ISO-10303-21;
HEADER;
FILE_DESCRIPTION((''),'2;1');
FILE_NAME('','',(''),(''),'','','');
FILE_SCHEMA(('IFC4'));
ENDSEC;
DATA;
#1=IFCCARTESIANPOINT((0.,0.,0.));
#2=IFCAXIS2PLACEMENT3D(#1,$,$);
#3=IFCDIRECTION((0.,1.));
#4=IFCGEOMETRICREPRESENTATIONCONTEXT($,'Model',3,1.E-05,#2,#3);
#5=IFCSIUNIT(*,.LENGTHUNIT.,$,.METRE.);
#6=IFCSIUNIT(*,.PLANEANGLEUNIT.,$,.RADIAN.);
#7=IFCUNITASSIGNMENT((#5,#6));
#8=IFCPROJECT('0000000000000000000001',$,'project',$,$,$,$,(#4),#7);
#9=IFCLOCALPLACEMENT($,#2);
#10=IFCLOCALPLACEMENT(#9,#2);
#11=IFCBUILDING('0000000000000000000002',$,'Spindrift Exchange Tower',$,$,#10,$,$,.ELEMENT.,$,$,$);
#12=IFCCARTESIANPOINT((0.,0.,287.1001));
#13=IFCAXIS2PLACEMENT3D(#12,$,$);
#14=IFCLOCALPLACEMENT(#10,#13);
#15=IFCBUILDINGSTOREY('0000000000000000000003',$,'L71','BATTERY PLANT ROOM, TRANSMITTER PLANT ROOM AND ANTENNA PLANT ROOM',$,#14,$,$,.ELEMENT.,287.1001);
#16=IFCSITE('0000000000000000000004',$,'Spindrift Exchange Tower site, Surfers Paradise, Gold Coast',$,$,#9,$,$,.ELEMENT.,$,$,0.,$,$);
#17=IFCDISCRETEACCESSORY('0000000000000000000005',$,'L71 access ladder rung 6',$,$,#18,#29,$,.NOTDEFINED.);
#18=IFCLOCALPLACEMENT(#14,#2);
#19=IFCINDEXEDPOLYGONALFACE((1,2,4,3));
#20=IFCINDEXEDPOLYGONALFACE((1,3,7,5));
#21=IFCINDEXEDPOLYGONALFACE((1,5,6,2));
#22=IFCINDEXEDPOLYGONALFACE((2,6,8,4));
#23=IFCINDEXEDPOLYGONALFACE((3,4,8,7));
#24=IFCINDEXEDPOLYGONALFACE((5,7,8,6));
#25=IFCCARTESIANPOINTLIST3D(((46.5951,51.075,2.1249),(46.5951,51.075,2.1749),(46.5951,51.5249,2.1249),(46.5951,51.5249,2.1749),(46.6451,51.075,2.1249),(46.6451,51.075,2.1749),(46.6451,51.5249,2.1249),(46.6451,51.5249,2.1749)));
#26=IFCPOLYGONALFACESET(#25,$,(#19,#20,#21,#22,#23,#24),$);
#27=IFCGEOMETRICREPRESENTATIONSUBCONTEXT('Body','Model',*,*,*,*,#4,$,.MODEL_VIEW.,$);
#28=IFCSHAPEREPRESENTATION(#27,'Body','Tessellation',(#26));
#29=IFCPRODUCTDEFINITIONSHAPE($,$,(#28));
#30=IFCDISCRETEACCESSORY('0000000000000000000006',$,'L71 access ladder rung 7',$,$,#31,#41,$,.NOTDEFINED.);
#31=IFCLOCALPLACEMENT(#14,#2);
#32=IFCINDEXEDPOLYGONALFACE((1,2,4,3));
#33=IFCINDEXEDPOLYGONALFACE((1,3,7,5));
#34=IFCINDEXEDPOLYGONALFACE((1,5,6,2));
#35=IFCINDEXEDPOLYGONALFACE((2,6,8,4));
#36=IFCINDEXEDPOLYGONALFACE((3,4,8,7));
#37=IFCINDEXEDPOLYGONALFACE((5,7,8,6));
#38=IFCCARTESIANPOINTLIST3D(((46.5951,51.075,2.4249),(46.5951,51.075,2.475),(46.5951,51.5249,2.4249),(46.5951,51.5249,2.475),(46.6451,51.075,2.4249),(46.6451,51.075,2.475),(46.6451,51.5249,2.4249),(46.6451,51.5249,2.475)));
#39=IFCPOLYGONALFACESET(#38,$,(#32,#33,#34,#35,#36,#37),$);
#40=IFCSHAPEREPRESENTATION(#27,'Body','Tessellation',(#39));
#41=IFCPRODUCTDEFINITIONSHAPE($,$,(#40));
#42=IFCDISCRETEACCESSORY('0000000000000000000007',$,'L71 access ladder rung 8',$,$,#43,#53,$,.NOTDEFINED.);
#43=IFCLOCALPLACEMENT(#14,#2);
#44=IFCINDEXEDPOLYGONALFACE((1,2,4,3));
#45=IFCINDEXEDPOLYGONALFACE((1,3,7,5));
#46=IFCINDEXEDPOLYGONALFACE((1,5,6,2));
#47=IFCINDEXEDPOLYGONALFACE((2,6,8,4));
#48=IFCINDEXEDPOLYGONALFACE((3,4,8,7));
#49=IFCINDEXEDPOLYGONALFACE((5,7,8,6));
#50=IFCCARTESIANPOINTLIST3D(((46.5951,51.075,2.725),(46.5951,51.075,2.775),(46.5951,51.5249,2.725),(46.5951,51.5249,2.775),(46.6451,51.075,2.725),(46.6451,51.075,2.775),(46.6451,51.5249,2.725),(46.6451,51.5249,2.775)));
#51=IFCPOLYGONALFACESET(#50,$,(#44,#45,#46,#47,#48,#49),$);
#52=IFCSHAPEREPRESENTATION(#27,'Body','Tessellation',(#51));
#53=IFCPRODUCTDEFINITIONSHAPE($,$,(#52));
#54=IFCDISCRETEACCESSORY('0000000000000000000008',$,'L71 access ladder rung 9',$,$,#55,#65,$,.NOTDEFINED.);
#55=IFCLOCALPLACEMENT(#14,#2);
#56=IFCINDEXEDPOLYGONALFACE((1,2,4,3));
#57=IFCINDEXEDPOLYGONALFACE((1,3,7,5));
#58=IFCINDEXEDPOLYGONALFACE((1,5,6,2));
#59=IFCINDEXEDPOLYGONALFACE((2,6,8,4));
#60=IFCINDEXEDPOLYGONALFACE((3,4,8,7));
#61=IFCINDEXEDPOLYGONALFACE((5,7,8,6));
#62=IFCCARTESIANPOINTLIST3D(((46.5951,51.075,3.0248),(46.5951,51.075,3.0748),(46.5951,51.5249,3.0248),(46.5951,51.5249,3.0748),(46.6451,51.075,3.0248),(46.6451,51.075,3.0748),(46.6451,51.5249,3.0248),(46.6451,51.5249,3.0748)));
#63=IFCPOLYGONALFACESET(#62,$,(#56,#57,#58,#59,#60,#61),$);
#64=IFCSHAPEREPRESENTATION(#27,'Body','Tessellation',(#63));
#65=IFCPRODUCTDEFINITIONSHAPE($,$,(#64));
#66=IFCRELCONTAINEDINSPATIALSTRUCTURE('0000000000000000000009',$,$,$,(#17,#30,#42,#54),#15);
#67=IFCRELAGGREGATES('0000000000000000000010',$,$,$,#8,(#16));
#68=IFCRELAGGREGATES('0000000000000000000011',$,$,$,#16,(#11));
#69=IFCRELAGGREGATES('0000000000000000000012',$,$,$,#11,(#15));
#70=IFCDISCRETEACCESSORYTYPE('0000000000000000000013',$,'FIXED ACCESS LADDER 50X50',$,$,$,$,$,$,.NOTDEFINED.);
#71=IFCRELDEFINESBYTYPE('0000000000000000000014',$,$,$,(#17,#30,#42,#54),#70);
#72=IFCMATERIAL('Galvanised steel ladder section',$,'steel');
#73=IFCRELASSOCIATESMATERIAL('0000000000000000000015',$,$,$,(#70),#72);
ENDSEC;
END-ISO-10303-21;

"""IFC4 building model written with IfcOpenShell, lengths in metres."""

from ifc_helpers import new_model, si_unit, direction, frame, origin, origin_2d, place, context, subcontext, project, spatial, rectangle, extrude, source, transform, mapped, material, material_profile, profile_set, type_object, element, save


model = new_model("IFC4")

# Units and contexts
model_context = context("Model", 3, precision=1e-05, world=origin(), true_north=direction((0.0, 1.0)))
body_context = subcontext(model_context, "Body", "Model", "MODEL_VIEW")
ifc_project = project(units=[si_unit("LENGTHUNIT", "METRE"), si_unit("PLANEANGLEUNIT", "RADIAN")], contexts=[model_context])

# Site, building, storey
site_placement = place(None, origin())
site = spatial("IfcSite", under=ifc_project, at=site_placement, Name="Spindrift Exchange Tower site, Surfers Paradise, Gold Coast", CompositionType="ELEMENT", RefElevation=0.0)
building_placement = place(site_placement, origin())
building = spatial("IfcBuilding", under=site, at=building_placement, Name="Spindrift Exchange Tower", CompositionType="ELEMENT")
storey_placement = place(building_placement, frame((0.0, 0.0, 287.1001)))
storey = spatial("IfcBuildingStorey", under=building, at=storey_placement, Name="L71", Description="BATTERY PLANT ROOM, TRANSMITTER PLANT ROOM AND ANTENNA PLANT ROOM", CompositionType="ELEMENT", Elevation=287.1001)

# Discrete accessories
ifc_material_1 = material(Name="Galvanised steel ladder section", Category="steel")
ifc_material_profile_1 = material_profile(ifc_material_1, rectangle(XDim=0.05, YDim=0.05, at=origin_2d()), Name="FIXED ACCESS LADDER 50X50")
ifc_profile_set_1 = profile_set([ifc_material_profile_1], Name="Galvanised steel ladder section")
discrete_accessory_type_1 = type_object("IfcDiscreteAccessoryType", Name="FIXED ACCESS LADDER 50X50", PredefinedType="NOTDEFINED", material=ifc_profile_set_1)
shared_shape_1 = source(origin(), body_context, "Body", "SweptSolid", [
    extrude(rectangle(XDim=0.05, YDim=0.05, at=origin_2d()), origin(), (0.0, 0.0, 1.0), 0.45),
])
for number, where, z_axis, x_axis, name in (
    (1, (46.6201, 51.075, 2.1499), (0.0, 1.0, 0.0), (-1.0, 0.0, 0.0), "L71 access ladder rung 6"),
    (2, (46.6201, 51.075, 2.45), (0.0, 1.0, 0.0), (-1.0, 0.0, 0.0), "L71 access ladder rung 7"),
    (3, (46.6201, 51.075, 2.75), (0.0, 1.0, 0.0), (-1.0, 0.0, 0.0), "L71 access ladder rung 8"),
    (4, (46.6201, 51.075, 3.0498), (0.0, 1.0, 0.0), (-1.0, 0.0, 0.0), "L71 access ladder rung 9"),
):
    element("IfcDiscreteAccessory", number, at=place(storey_placement, frame(where, z_axis=z_axis, x_axis=x_axis)), inside=storey, type_object=discrete_accessory_type_1, Name=name, PredefinedType="NOTDEFINED", context=body_context, shape_type="MappedRepresentation", body=[
        mapped(shared_shape_1, transform((0.0, 0.0, 0.0), scale=1.0)),
    ])

save(model, "model.ifc")
